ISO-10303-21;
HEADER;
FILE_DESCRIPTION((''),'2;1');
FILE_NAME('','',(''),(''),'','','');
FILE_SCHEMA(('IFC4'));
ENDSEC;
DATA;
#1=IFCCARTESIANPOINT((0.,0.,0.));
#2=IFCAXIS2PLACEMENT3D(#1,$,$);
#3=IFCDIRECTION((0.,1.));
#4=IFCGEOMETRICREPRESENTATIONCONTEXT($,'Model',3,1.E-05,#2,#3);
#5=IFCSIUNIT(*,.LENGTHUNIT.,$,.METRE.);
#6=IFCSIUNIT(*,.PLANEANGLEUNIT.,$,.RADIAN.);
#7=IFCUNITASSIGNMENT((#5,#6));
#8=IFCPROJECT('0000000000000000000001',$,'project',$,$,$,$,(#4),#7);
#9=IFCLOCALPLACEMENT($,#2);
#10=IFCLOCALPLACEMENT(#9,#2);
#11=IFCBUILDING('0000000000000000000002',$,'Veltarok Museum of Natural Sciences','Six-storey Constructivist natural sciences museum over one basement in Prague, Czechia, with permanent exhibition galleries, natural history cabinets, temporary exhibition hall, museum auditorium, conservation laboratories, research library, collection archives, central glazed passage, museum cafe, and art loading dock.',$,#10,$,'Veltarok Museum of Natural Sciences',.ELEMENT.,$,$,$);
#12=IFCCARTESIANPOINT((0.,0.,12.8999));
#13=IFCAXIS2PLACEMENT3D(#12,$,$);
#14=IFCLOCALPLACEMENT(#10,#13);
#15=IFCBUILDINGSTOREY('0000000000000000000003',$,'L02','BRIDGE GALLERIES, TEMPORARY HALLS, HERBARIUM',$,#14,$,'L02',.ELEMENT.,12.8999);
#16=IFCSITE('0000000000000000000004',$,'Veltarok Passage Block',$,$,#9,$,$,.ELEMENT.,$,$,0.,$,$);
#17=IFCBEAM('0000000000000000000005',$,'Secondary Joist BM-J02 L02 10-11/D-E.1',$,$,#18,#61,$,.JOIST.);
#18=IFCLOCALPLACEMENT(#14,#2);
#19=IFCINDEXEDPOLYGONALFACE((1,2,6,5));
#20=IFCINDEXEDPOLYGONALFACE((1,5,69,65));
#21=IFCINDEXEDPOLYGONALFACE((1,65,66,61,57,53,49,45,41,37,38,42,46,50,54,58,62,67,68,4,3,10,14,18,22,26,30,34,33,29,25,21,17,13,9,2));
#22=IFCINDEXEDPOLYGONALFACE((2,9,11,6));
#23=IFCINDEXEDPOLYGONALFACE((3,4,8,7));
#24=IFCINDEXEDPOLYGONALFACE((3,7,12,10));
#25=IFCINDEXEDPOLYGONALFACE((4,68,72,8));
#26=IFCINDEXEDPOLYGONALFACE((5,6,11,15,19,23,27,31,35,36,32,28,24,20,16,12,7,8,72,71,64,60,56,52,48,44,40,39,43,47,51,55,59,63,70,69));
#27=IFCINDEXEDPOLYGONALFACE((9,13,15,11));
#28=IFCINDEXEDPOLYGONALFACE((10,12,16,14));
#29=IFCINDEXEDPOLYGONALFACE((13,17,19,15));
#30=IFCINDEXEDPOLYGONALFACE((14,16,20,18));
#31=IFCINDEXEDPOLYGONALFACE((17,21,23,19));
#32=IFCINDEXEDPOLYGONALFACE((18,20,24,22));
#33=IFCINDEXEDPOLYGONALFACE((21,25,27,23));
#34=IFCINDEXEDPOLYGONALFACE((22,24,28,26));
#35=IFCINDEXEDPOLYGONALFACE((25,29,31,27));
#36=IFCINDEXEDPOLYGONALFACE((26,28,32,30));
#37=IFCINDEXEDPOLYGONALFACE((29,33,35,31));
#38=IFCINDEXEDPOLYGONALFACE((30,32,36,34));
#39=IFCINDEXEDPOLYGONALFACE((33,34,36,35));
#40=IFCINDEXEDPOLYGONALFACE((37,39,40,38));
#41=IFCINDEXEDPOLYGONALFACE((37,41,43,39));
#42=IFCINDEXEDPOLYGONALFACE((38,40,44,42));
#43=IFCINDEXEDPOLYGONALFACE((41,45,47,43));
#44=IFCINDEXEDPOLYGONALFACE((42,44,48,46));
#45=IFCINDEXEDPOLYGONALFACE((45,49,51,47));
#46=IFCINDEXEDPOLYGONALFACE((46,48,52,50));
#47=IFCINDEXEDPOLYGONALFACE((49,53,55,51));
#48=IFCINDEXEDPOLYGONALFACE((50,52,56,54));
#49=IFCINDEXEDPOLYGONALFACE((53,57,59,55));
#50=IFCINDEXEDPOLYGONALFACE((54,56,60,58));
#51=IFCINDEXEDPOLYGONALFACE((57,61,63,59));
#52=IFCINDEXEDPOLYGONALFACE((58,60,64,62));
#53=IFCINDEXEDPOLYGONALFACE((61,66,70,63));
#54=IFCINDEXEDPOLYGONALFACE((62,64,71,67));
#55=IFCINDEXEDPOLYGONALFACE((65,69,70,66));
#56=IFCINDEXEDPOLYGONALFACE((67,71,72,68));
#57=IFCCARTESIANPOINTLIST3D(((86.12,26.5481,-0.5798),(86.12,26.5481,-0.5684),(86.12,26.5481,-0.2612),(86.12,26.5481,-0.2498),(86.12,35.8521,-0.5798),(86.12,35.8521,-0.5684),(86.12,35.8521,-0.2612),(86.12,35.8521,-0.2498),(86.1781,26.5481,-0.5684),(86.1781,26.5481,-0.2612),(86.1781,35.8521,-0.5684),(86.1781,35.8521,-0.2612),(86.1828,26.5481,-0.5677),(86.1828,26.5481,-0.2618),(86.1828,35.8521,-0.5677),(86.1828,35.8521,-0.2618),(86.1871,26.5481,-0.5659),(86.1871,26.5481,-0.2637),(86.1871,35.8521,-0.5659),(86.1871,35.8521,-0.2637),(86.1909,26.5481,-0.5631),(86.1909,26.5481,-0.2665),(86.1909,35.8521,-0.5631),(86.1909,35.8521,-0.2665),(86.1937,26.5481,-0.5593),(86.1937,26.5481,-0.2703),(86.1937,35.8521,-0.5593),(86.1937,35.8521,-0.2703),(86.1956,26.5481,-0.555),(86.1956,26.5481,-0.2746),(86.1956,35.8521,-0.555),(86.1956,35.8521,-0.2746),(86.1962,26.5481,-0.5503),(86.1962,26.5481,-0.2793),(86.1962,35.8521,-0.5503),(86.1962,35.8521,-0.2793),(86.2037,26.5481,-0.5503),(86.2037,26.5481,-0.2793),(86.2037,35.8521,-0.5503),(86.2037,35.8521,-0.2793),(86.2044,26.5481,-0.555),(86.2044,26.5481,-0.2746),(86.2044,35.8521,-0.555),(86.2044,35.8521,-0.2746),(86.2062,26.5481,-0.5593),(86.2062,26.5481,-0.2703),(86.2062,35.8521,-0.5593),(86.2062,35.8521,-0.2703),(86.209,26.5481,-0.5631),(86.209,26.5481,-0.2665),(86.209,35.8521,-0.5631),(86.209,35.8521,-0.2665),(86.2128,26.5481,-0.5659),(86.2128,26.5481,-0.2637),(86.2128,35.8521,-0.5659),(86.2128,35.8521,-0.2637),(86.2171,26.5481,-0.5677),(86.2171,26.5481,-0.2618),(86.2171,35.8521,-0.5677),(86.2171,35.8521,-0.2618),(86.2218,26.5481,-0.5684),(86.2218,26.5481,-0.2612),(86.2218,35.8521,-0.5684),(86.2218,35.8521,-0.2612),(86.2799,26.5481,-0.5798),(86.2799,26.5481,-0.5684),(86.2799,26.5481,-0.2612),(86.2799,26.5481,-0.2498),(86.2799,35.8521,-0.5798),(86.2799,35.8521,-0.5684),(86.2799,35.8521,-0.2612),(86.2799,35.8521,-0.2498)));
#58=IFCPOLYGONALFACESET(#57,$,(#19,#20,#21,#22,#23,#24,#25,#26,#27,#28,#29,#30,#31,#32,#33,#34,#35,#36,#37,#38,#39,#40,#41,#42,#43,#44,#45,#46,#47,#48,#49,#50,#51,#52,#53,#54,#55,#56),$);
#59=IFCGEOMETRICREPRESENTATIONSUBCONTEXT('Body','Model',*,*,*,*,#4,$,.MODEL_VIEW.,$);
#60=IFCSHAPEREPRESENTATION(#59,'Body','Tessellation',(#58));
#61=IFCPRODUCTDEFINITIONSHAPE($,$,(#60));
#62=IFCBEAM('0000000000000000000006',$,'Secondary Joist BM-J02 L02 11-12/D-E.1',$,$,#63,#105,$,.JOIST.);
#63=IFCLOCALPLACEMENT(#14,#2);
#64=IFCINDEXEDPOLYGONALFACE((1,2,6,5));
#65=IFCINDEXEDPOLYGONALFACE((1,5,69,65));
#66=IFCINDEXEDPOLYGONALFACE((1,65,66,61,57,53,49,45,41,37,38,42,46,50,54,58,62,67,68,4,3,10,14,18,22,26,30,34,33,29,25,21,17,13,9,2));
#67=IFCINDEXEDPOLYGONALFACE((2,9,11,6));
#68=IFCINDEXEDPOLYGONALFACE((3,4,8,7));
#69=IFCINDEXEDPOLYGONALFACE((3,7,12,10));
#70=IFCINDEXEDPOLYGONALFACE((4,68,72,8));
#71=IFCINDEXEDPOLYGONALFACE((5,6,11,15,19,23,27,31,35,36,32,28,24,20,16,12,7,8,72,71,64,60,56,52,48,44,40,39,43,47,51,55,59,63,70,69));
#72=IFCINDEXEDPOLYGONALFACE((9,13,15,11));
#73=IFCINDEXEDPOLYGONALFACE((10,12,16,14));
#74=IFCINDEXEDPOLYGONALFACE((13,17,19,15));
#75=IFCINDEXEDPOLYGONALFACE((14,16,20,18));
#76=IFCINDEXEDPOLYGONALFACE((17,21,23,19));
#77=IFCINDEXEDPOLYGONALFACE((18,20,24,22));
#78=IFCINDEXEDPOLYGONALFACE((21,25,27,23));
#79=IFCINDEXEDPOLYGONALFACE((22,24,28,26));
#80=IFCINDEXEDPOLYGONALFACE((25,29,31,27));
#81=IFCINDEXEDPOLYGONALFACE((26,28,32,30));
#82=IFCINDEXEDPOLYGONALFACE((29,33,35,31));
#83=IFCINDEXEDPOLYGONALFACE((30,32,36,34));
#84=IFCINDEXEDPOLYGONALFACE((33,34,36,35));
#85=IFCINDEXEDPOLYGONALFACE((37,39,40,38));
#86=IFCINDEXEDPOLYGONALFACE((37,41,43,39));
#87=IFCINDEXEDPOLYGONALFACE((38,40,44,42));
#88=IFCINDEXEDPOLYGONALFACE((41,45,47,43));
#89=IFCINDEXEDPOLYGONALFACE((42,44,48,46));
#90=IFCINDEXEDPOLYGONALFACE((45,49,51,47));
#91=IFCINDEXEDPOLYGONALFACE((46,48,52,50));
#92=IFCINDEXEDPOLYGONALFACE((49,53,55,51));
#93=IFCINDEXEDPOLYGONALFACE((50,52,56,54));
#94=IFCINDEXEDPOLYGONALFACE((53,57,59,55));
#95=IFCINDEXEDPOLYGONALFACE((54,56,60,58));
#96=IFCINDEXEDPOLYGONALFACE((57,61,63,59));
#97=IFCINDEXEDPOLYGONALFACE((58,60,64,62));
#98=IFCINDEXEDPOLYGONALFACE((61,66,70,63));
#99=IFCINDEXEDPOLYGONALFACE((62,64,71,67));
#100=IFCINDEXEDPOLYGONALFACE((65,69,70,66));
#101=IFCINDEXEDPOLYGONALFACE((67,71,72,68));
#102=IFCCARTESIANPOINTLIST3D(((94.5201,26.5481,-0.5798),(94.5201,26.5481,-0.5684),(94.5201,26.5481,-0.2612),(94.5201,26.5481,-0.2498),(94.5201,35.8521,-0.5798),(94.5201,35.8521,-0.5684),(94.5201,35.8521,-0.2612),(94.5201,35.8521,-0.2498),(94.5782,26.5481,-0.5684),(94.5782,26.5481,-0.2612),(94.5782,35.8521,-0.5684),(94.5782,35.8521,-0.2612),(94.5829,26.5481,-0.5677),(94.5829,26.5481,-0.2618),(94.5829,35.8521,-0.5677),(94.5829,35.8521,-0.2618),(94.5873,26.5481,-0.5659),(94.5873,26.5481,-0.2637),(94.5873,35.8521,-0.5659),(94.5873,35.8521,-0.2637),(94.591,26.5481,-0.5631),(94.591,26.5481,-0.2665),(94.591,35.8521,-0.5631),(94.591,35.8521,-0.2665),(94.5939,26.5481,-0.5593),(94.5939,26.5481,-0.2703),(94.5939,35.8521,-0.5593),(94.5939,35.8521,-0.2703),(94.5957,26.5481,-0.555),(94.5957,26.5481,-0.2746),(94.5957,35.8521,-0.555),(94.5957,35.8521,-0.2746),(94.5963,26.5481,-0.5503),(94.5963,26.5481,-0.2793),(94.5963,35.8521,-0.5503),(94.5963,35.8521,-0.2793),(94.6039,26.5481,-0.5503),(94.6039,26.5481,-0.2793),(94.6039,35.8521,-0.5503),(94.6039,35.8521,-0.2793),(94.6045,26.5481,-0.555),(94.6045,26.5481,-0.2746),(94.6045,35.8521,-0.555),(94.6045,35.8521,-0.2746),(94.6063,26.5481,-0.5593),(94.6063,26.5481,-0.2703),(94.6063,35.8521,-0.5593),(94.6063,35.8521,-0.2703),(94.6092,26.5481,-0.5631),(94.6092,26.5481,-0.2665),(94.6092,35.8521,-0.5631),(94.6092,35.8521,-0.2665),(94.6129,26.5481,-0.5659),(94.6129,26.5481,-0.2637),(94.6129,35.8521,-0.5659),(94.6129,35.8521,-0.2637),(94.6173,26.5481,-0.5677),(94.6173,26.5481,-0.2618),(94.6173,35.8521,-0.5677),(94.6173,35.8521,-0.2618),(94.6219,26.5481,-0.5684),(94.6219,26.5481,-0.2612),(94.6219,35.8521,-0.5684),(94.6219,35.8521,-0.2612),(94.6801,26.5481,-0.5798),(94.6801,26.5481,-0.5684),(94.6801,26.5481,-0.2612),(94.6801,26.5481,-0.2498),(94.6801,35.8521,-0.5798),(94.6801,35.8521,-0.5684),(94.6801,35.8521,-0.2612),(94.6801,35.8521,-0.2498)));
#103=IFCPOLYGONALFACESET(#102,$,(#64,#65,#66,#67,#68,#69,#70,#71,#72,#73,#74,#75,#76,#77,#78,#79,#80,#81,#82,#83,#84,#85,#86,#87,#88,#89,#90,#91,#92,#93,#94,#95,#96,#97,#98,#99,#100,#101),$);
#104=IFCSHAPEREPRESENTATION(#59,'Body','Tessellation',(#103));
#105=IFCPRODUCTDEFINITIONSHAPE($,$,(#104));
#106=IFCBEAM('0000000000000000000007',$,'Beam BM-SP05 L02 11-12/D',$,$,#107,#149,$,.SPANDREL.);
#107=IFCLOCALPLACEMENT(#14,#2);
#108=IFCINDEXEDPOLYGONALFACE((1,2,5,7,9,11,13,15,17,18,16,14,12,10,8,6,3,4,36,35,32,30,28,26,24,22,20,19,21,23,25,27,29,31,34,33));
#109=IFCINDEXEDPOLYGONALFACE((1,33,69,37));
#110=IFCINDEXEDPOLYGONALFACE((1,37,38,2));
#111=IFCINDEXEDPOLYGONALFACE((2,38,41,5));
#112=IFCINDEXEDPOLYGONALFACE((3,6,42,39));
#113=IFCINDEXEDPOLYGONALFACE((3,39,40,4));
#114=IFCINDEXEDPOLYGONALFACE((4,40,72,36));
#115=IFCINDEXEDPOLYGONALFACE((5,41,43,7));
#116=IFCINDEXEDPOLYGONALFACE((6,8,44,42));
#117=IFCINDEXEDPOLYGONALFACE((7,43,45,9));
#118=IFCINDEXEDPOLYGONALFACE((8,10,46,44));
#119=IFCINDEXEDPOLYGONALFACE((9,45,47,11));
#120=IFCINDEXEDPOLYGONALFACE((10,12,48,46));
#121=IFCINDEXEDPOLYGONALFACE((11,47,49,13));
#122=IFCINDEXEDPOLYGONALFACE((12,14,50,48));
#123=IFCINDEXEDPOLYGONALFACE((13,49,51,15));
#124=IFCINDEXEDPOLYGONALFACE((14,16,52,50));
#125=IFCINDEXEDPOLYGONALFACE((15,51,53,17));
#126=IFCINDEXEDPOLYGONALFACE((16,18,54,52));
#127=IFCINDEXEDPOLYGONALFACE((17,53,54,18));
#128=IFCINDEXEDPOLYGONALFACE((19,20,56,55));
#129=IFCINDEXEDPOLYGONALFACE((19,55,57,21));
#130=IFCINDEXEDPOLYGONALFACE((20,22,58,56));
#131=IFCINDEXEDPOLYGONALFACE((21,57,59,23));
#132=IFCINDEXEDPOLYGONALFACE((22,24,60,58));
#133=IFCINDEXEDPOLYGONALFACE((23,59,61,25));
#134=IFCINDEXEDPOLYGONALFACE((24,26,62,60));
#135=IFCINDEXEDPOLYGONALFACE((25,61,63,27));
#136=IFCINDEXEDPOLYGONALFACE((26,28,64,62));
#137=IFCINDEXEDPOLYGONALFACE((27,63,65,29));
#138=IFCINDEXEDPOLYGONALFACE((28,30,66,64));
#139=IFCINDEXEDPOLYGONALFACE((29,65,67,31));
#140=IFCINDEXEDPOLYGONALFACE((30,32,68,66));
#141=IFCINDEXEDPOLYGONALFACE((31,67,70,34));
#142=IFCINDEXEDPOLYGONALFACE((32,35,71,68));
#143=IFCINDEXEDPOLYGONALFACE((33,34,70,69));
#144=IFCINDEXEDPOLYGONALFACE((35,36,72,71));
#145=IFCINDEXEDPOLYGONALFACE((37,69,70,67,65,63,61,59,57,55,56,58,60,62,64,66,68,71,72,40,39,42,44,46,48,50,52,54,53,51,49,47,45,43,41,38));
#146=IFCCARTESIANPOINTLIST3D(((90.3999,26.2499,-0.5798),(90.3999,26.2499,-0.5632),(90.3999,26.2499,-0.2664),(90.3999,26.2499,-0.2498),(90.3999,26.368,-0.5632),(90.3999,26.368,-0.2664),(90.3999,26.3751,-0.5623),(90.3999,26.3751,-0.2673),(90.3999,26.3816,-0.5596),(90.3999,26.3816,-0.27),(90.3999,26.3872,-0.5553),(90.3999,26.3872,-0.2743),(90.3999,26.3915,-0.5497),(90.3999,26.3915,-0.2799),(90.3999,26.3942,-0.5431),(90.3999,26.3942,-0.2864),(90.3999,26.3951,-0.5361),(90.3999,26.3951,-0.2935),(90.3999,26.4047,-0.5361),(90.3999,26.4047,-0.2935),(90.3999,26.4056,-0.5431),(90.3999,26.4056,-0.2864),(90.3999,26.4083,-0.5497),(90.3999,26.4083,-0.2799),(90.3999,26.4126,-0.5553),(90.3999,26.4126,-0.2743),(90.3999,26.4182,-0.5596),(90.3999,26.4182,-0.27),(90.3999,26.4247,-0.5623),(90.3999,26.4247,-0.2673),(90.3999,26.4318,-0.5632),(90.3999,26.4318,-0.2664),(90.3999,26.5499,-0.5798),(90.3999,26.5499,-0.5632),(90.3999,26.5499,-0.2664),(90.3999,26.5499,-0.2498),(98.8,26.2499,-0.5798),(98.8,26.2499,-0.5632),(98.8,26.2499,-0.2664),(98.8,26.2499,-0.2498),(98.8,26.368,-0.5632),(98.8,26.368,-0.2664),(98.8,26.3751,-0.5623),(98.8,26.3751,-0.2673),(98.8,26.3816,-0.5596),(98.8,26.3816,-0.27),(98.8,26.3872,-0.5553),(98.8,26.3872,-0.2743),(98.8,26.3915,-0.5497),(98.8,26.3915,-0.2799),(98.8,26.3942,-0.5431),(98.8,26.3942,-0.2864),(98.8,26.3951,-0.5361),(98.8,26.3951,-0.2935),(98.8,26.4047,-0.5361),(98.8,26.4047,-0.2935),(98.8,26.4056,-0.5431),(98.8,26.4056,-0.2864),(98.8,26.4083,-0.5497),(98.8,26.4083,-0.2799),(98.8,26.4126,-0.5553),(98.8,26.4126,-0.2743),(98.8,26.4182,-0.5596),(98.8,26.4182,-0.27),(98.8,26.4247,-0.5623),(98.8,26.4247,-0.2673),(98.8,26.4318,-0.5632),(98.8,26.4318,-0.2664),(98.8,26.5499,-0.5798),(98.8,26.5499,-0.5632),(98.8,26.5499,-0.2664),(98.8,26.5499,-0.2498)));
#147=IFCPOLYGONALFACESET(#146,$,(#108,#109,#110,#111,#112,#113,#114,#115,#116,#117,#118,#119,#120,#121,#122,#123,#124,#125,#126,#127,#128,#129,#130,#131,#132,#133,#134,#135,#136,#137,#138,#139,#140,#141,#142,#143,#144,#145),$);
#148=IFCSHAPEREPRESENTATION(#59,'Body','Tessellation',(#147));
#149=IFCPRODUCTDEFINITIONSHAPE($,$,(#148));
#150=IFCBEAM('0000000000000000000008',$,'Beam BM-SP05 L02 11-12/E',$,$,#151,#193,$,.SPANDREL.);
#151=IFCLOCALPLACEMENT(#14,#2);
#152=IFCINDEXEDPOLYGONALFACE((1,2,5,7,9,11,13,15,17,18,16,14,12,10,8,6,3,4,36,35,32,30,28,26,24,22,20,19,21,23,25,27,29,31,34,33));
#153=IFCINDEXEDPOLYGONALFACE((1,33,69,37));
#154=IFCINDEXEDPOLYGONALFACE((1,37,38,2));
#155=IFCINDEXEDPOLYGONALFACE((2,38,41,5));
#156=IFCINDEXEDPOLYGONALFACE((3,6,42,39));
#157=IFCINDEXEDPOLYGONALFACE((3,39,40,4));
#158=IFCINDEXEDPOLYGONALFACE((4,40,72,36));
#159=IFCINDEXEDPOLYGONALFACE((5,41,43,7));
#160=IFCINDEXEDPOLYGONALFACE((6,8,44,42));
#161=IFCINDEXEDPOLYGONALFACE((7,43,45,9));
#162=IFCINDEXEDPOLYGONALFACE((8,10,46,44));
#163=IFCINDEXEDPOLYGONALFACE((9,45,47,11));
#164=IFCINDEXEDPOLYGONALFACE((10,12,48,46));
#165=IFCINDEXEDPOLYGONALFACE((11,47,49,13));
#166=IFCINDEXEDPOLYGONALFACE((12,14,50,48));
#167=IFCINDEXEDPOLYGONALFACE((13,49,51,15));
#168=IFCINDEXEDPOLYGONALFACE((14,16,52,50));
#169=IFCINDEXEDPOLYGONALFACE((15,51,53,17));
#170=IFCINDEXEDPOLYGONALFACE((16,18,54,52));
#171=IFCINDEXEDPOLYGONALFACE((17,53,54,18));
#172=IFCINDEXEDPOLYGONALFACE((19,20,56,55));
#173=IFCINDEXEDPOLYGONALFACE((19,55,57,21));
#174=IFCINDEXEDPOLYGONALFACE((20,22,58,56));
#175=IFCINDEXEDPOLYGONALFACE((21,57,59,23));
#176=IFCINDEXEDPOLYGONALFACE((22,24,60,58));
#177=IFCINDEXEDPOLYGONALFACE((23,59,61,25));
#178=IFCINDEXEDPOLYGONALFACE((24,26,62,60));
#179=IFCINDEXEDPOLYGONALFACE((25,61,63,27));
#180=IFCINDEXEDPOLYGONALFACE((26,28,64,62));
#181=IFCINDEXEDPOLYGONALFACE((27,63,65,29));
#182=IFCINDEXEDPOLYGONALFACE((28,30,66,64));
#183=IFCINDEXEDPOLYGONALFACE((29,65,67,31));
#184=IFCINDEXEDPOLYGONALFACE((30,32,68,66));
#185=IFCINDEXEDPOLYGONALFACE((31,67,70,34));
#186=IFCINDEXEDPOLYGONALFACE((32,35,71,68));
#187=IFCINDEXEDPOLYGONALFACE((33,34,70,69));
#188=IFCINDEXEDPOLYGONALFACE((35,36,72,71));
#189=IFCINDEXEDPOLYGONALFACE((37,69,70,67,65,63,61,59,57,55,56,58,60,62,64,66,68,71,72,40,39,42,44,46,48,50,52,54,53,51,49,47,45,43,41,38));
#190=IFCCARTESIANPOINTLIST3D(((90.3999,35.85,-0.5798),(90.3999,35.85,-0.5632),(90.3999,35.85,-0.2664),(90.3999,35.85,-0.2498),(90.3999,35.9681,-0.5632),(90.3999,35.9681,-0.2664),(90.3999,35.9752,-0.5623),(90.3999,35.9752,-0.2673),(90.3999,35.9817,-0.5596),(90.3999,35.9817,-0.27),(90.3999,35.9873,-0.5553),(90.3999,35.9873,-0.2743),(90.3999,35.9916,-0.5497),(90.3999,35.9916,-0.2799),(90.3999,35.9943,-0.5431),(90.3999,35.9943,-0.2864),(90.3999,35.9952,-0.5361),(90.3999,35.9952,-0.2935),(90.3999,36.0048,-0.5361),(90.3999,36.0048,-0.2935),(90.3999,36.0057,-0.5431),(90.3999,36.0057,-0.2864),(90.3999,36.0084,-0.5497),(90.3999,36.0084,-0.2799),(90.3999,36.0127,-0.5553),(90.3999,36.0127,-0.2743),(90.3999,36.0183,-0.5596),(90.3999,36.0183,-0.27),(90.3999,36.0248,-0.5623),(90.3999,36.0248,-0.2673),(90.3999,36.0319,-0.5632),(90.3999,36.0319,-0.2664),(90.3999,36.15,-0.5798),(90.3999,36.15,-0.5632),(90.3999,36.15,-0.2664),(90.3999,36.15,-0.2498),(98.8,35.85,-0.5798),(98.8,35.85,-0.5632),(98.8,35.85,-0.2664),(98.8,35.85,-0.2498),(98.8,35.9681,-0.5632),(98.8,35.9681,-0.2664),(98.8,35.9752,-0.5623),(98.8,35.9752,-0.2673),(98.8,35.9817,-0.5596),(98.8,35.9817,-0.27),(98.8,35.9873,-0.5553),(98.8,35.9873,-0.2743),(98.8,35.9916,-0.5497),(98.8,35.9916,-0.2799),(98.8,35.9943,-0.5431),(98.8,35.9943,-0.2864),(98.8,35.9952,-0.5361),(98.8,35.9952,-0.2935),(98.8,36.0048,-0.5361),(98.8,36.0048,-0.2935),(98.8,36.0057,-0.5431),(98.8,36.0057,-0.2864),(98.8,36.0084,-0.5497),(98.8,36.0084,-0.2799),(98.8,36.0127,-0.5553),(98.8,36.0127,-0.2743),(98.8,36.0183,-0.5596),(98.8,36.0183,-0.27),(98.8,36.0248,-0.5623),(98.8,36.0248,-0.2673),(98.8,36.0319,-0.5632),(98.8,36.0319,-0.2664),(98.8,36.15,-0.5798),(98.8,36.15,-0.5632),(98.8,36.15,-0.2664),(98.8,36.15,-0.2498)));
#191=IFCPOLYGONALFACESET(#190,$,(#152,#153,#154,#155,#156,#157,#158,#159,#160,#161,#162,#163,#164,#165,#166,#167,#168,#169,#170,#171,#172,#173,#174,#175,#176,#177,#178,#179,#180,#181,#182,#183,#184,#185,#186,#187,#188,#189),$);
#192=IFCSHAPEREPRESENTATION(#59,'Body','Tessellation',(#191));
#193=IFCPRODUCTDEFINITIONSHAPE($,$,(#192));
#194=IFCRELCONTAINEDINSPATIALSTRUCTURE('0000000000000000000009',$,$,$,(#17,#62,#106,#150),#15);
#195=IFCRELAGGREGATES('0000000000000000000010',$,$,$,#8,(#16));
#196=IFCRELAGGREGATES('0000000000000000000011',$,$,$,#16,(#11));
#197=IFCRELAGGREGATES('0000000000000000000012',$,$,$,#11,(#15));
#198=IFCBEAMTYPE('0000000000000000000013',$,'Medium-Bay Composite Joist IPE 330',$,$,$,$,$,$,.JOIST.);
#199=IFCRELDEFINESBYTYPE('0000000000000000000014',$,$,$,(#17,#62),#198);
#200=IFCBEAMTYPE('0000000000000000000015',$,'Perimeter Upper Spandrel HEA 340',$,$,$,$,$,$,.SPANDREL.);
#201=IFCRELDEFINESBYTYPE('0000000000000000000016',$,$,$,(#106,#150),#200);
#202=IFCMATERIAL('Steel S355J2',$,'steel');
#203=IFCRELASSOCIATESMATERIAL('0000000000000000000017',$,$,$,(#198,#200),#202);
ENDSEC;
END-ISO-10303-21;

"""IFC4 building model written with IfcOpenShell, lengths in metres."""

from ifc_helpers import new_model, si_unit, direction, frame, origin, origin_2d, place, context, subcontext, project, spatial, i_section, extrude, material, material_profile, profile_set, type_object, element, save


model = new_model("IFC4")

# Units and contexts
model_context = context("Model", 3, precision=1e-05, world=origin(), true_north=direction((0.0, 1.0)))
body_context = subcontext(model_context, "Body", "Model", "MODEL_VIEW")
ifc_project = project(units=[si_unit("LENGTHUNIT", "METRE"), si_unit("PLANEANGLEUNIT", "RADIAN")], contexts=[model_context])

# Site, building, storey
site_placement = place(None, origin())
site = spatial("IfcSite", under=ifc_project, at=site_placement, Name="Veltarok Passage Block", CompositionType="ELEMENT", RefElevation=0.0)
building_placement = place(site_placement, origin())
building = spatial("IfcBuilding", under=site, at=building_placement, Name="Veltarok Museum of Natural Sciences", Description="Six-storey Constructivist natural sciences museum over one basement in Prague, Czechia, with permanent exhibition galleries, natural history cabinets, temporary exhibition hall, museum auditorium, conservation laboratories, research library, collection archives, central glazed passage, museum cafe, and art loading dock.", LongName="Veltarok Museum of Natural Sciences", CompositionType="ELEMENT")
storey_placement = place(building_placement, frame((0.0, 0.0, 12.8999)))
storey = spatial("IfcBuildingStorey", under=building, at=storey_placement, Name="L02", Description="BRIDGE GALLERIES, TEMPORARY HALLS, HERBARIUM", LongName="L02", CompositionType="ELEMENT", Elevation=12.8999)

# Shared definitions
ifc_material_1 = material(Name="Steel S355J2", Category="steel")

# Beams
ifc_material_profile_1 = material_profile(ifc_material_1, i_section(OverallWidth=0.1599, OverallDepth=0.3301, WebThickness=0.0076, FlangeThickness=0.0115, FilletRadius=0.0181, at=origin_2d()), Name="IPE 330")
ifc_profile_set_1 = profile_set([ifc_material_profile_1], Name="Steel S355J2")
beam_type_1 = type_object("IfcBeamType", Name="Medium-Bay Composite Joist IPE 330", PredefinedType="JOIST", material=ifc_profile_set_1)
for number, where, z_axis, x_axis, name in (
    (1, (86.2, 26.5481, -0.4148), (0.0, 1.0, 0.0), (-1.0, 0.0, 0.0), "Secondary Joist BM-J02 L02 10-11/D-E.1"),
    (2, (94.6001, 26.5481, -0.4148), (0.0, 1.0, 0.0), (-1.0, 0.0, 0.0), "Secondary Joist BM-J02 L02 11-12/D-E.1"),
):
    element("IfcBeam", number, at=place(storey_placement, frame(where, z_axis=z_axis, x_axis=x_axis)), inside=storey, type_object=beam_type_1, Name=name, PredefinedType="JOIST", context=body_context, shape_type="SweptSolid", body=[
        extrude(i_section(OverallWidth=0.1599, OverallDepth=0.3301, WebThickness=0.0076, FlangeThickness=0.0115, FilletRadius=0.0181, at=origin_2d()), origin(), (0.0, 0.0, 1.0), 9.304),
    ])
ifc_material_profile_2 = material_profile(ifc_material_1, i_section(OverallWidth=0.3, OverallDepth=0.3301, WebThickness=0.0095, FlangeThickness=0.0166, FilletRadius=0.0271, at=origin_2d()), Name="HEA 340")
ifc_profile_set_2 = profile_set([ifc_material_profile_2], Name="Steel S355J2")
beam_type_2 = type_object("IfcBeamType", Name="Perimeter Upper Spandrel HEA 340", PredefinedType="SPANDREL", material=ifc_profile_set_2)
for number, where, z_axis, x_axis, name in (
    (3, (90.3999, 26.3999, -0.4148), (1.0, 0.0, 0.0), (0.0, 1.0, 0.0), "Beam BM-SP05 L02 11-12/D"),
    (4, (90.3999, 36.0, -0.4148), (1.0, 0.0, 0.0), (0.0, 1.0, 0.0), "Beam BM-SP05 L02 11-12/E"),
):
    element("IfcBeam", number, at=place(storey_placement, frame(where, z_axis=z_axis, x_axis=x_axis)), inside=storey, type_object=beam_type_2, Name=name, PredefinedType="SPANDREL", context=body_context, shape_type="SweptSolid", body=[
        extrude(i_section(OverallWidth=0.3, OverallDepth=0.3301, WebThickness=0.0095, FlangeThickness=0.0166, FilletRadius=0.0271, at=origin_2d()), origin(), (0.0, 0.0, 1.0), 8.4001),
    ])

save(model, "model.ifc")
